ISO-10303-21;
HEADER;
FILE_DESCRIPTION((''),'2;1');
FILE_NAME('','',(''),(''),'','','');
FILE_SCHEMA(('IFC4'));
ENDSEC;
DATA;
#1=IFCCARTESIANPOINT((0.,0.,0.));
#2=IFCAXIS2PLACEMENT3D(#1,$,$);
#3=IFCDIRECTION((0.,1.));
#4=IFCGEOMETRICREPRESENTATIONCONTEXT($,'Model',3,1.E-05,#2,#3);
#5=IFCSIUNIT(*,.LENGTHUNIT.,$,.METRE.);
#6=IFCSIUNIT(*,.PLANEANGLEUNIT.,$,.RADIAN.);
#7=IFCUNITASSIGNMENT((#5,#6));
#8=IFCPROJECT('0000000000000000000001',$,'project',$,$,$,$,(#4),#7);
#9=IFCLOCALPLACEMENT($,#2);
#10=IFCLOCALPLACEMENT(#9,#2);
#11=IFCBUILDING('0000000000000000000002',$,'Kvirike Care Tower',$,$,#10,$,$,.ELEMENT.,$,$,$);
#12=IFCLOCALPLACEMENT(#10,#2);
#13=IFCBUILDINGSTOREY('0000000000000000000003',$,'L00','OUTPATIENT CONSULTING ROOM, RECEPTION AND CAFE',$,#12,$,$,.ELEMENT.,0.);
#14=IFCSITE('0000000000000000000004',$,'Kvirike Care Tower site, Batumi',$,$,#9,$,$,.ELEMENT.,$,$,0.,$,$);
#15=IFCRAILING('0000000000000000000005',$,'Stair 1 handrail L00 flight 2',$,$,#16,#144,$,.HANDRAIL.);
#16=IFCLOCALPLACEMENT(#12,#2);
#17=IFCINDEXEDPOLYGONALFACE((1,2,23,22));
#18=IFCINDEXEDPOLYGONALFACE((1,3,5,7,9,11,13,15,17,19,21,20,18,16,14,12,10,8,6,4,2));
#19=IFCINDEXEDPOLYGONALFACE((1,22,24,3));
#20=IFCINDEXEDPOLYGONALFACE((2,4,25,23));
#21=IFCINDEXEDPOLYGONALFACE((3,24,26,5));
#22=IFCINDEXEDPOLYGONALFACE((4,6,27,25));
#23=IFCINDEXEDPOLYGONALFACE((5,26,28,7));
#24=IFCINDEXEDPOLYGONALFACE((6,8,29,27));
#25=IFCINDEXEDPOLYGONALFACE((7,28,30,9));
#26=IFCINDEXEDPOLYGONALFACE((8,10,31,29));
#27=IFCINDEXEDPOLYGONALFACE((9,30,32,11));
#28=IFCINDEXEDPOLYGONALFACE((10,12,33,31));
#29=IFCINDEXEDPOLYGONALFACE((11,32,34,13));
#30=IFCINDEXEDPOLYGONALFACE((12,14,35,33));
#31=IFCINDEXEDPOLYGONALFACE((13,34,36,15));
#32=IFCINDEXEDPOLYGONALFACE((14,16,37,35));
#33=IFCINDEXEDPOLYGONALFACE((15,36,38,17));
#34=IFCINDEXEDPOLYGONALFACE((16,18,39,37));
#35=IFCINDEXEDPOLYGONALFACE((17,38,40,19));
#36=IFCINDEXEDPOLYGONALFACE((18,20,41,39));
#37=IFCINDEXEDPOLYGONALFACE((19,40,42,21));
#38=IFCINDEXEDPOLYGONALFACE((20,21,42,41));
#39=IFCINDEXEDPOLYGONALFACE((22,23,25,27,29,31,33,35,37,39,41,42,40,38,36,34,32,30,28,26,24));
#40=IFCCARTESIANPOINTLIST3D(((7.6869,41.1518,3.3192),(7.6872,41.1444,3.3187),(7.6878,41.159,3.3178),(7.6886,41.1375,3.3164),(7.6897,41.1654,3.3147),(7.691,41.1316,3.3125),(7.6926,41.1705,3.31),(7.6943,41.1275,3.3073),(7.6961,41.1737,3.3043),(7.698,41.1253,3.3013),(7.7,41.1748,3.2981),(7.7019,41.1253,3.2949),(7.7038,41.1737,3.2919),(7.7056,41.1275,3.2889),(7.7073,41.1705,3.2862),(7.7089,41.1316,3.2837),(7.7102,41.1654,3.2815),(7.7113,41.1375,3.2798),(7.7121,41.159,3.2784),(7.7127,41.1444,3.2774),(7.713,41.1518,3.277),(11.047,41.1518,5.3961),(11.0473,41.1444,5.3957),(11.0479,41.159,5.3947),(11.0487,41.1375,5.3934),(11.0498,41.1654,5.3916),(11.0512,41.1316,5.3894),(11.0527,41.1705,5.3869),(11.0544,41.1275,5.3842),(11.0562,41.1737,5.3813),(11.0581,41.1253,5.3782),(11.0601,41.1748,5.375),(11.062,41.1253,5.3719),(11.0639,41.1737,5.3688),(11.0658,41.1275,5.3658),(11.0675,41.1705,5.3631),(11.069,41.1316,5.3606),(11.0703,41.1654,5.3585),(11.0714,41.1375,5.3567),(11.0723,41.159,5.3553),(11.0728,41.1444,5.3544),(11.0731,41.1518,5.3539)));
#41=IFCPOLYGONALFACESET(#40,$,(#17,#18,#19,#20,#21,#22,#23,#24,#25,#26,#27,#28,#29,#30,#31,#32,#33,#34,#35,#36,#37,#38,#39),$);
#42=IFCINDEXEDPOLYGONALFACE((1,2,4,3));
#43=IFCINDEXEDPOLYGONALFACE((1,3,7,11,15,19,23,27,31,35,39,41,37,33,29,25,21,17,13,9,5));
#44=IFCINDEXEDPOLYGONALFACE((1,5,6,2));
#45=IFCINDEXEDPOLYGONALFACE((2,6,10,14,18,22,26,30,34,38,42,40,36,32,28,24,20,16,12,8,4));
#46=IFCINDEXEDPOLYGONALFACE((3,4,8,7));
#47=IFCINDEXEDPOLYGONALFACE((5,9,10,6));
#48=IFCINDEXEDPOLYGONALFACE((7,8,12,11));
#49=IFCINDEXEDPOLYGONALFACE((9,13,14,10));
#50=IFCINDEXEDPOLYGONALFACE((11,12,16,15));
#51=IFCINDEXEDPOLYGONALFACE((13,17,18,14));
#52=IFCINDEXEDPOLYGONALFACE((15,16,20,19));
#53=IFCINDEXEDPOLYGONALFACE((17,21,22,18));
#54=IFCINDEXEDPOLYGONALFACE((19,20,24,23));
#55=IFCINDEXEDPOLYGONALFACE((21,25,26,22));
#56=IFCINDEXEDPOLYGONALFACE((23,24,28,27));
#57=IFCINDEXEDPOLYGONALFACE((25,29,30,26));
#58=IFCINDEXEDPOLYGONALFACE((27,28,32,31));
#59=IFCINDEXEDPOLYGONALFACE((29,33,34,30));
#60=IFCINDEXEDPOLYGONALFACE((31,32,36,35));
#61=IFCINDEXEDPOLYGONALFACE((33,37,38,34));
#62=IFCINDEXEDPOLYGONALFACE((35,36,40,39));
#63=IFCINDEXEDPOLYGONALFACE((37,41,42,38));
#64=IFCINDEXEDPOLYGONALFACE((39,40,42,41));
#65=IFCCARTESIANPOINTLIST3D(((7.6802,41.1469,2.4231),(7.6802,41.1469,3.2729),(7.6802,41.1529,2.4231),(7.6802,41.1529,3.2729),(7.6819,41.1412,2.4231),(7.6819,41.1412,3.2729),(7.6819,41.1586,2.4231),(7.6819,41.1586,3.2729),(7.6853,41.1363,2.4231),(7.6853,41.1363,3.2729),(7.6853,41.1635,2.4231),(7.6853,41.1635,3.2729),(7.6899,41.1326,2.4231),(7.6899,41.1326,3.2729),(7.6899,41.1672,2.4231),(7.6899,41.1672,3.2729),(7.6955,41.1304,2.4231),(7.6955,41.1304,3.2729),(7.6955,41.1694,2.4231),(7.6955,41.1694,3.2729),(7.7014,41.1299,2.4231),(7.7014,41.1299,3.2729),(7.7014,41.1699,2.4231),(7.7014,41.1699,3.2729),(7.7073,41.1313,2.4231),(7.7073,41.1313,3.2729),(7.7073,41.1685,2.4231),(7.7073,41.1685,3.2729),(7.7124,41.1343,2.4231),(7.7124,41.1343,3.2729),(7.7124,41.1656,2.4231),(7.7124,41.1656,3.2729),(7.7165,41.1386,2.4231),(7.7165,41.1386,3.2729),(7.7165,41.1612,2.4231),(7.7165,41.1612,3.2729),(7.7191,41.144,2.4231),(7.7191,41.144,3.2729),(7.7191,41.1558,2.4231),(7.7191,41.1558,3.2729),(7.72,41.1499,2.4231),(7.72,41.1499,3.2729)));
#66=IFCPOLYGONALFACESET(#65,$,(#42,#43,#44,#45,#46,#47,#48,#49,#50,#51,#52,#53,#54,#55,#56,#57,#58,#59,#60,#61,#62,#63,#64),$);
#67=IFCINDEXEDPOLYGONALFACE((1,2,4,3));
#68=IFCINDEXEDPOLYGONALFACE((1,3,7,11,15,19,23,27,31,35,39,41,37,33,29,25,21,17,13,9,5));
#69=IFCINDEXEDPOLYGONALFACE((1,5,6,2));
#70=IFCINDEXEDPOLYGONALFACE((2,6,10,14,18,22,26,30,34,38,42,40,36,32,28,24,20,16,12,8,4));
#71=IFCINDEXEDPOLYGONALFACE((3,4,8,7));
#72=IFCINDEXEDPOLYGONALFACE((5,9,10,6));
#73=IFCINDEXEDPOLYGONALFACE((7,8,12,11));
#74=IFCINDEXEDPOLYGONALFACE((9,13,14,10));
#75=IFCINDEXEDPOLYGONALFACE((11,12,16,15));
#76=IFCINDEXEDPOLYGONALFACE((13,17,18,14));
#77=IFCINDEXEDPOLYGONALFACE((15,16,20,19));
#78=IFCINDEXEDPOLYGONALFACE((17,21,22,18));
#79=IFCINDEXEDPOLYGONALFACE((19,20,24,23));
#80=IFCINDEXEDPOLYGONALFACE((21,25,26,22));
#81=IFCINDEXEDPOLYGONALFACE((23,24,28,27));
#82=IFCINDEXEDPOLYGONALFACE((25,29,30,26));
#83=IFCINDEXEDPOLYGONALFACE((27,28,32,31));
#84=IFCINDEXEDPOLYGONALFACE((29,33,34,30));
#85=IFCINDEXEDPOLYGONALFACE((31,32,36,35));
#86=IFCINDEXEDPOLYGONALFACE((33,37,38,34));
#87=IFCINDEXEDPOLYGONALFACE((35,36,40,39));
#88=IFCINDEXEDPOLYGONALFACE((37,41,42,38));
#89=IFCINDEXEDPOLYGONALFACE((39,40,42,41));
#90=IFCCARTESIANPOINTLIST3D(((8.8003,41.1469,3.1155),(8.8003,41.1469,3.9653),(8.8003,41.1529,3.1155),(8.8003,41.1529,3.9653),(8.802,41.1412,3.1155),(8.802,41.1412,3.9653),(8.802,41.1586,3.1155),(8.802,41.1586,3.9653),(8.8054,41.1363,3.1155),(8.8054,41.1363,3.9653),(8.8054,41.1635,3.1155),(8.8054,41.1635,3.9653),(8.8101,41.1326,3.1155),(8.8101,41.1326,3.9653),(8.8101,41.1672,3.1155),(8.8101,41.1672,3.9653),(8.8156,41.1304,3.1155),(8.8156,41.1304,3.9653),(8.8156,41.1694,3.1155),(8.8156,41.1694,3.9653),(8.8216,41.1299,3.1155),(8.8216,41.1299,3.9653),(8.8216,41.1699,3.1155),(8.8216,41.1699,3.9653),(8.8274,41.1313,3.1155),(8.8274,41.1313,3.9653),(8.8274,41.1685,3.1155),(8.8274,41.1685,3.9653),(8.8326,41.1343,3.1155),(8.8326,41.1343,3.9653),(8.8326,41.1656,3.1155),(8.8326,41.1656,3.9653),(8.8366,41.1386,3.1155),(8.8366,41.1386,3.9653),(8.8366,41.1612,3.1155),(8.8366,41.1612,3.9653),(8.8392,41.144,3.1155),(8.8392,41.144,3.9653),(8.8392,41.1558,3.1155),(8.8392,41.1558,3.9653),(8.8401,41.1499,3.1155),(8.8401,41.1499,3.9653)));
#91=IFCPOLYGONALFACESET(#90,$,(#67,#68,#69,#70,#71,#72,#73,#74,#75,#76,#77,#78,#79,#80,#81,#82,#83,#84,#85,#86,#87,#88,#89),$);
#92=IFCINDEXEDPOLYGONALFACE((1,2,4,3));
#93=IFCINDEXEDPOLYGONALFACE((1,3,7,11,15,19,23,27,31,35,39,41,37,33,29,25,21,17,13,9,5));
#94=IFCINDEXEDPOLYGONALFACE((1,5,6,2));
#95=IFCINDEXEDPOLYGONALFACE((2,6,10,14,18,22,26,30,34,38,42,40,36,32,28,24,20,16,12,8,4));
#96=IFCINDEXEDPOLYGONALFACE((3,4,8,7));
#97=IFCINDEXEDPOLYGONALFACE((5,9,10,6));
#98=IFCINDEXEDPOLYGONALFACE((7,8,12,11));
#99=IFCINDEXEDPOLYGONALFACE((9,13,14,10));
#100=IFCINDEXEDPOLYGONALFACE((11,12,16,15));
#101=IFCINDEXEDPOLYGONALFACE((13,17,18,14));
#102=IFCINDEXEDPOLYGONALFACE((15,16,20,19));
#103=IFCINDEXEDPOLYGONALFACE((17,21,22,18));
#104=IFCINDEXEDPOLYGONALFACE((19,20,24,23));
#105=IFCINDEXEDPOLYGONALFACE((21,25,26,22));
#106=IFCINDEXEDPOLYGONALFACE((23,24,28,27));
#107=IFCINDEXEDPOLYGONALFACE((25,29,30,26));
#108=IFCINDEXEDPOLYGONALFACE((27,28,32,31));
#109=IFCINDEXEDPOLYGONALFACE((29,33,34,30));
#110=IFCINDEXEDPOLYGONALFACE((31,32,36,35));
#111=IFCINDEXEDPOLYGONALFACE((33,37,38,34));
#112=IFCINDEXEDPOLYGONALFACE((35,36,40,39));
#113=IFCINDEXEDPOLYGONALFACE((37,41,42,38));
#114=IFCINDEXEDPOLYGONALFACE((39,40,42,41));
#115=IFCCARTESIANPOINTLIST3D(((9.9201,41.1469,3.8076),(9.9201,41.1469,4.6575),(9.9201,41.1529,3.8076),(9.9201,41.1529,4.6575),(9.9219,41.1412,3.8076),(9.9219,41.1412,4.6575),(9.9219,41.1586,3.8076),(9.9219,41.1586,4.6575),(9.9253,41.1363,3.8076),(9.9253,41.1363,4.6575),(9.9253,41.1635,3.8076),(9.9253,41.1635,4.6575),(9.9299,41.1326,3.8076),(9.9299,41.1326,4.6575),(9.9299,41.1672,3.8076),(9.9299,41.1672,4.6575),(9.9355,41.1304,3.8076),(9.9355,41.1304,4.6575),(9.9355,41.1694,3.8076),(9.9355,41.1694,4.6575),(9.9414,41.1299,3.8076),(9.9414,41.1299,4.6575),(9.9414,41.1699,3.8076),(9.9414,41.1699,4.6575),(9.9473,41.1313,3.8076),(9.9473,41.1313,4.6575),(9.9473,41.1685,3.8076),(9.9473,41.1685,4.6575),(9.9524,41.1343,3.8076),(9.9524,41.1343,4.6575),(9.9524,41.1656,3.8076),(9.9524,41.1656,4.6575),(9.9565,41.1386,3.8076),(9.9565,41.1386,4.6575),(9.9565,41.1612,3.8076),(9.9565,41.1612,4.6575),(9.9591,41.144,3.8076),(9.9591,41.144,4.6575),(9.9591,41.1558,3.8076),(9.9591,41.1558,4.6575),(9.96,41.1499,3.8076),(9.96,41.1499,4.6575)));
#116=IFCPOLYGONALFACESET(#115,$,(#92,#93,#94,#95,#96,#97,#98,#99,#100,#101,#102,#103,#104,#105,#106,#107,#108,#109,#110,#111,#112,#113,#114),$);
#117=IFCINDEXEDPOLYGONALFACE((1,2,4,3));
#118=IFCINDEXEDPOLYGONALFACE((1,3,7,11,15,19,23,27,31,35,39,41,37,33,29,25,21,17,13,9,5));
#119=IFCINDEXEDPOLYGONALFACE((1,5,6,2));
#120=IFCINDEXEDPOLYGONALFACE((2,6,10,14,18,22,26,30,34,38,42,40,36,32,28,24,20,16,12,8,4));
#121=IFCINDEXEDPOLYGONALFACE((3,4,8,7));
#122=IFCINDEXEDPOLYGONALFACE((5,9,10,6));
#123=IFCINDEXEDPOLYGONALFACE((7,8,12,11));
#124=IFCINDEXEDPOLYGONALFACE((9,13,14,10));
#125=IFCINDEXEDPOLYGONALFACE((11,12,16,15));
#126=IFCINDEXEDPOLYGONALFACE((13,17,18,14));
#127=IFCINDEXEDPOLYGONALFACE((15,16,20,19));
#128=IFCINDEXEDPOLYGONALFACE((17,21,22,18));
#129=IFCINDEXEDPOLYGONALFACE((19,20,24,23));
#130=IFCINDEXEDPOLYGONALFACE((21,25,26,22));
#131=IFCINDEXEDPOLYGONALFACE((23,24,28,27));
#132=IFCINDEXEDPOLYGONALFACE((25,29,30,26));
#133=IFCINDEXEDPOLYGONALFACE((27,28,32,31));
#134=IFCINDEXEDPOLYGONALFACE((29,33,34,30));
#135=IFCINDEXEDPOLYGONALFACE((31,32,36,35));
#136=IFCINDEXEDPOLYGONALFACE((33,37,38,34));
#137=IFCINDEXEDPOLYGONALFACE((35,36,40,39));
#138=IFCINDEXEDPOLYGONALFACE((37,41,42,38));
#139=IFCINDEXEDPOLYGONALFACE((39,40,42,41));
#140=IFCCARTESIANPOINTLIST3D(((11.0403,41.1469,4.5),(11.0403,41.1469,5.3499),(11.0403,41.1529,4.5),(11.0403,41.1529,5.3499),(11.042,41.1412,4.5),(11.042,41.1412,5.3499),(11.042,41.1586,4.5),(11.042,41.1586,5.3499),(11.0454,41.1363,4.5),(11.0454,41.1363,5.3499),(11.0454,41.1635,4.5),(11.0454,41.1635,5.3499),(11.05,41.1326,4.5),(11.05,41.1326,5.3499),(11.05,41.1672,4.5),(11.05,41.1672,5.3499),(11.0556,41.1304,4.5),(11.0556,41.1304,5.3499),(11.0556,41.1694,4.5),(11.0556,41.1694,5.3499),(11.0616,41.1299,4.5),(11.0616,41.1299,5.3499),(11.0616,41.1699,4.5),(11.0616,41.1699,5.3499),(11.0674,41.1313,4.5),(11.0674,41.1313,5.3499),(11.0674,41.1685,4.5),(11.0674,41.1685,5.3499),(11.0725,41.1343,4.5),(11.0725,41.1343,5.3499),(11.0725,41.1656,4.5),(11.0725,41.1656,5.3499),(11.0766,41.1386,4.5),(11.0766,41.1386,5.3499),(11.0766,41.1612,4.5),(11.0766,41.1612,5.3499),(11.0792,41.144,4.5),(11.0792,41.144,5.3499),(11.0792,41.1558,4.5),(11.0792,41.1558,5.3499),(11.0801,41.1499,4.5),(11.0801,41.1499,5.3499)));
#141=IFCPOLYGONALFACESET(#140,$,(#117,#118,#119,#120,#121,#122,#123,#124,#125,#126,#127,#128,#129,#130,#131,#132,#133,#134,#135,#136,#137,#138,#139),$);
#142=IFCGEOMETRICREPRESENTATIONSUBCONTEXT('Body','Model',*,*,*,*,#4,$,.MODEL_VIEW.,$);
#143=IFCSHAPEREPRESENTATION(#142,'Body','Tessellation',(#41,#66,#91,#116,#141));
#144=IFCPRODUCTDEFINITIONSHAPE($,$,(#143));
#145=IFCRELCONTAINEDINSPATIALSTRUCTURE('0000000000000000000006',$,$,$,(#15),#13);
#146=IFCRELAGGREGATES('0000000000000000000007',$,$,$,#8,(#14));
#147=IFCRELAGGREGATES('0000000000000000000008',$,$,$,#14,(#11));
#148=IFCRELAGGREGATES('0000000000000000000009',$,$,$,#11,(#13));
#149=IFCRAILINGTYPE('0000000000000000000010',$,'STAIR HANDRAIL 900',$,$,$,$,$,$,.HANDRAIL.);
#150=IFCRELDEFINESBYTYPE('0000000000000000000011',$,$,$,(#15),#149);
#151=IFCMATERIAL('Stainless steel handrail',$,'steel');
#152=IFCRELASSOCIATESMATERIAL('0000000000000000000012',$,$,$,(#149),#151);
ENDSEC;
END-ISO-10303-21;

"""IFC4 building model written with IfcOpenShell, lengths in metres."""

from ifc_helpers import new_model, si_unit, direction, frame, origin, origin_2d, place, context, subcontext, project, spatial, circle, extrude, material, type_object, element, save


model = new_model("IFC4")

# Units and contexts
model_context = context("Model", 3, precision=1e-05, world=origin(), true_north=direction((0.0, 1.0)))
body_context = subcontext(model_context, "Body", "Model", "MODEL_VIEW")
ifc_project = project(units=[si_unit("LENGTHUNIT", "METRE"), si_unit("PLANEANGLEUNIT", "RADIAN")], contexts=[model_context])

# Site, building, storey
site_placement = place(None, origin())
site = spatial("IfcSite", under=ifc_project, at=site_placement, Name="Kvirike Care Tower site, Batumi", CompositionType="ELEMENT", RefElevation=0.0)
building_placement = place(site_placement, origin())
building = spatial("IfcBuilding", under=site, at=building_placement, Name="Kvirike Care Tower", CompositionType="ELEMENT")
storey_placement = place(building_placement, origin())
storey = spatial("IfcBuildingStorey", under=building, at=storey_placement, Name="L00", Description="OUTPATIENT CONSULTING ROOM, RECEPTION AND CAFE", CompositionType="ELEMENT", Elevation=0.0)

# Railing
ifc_material_1 = material(Name="Stainless steel handrail", Category="steel")
railing_type = type_object("IfcRailingType", Name="STAIR HANDRAIL 900", PredefinedType="HANDRAIL", material=ifc_material_1)
railing_placement = place(storey_placement, frame((7.7, 41.1499, 2.4231)))
element("IfcRailing", 1, at=railing_placement, inside=storey, type_object=railing_type, Name="Stair 1 handrail L00 flight 2", PredefinedType="HANDRAIL", context=body_context, shape_type="SweptSolid", body=[
    extrude(circle(Radius=0.0249, at=origin_2d()), frame((0.0, 0.0, 0.875), z_axis=(0.850623, 0.0, 0.525776), x_axis=(0.0, 1.0, 0.0)), (0.0, 0.0, 1.0), 3.9502),
    extrude(circle(Radius=0.02, at=origin_2d()), origin(), (0.0, 0.0, 1.0), 0.8499),
    extrude(circle(Radius=0.02, at=origin_2d()), frame((1.1201, 0.0, 0.6924)), (0.0, 0.0, 1.0), 0.8499),
    extrude(circle(Radius=0.02, at=origin_2d()), frame((2.24, 0.0, 1.3845)), (0.0, 0.0, 1.0), 0.8499),
    extrude(circle(Radius=0.02, at=origin_2d()), frame((3.3601, 0.0, 2.0769)), (0.0, 0.0, 1.0), 0.8499),
])

save(model, "model.ifc")
